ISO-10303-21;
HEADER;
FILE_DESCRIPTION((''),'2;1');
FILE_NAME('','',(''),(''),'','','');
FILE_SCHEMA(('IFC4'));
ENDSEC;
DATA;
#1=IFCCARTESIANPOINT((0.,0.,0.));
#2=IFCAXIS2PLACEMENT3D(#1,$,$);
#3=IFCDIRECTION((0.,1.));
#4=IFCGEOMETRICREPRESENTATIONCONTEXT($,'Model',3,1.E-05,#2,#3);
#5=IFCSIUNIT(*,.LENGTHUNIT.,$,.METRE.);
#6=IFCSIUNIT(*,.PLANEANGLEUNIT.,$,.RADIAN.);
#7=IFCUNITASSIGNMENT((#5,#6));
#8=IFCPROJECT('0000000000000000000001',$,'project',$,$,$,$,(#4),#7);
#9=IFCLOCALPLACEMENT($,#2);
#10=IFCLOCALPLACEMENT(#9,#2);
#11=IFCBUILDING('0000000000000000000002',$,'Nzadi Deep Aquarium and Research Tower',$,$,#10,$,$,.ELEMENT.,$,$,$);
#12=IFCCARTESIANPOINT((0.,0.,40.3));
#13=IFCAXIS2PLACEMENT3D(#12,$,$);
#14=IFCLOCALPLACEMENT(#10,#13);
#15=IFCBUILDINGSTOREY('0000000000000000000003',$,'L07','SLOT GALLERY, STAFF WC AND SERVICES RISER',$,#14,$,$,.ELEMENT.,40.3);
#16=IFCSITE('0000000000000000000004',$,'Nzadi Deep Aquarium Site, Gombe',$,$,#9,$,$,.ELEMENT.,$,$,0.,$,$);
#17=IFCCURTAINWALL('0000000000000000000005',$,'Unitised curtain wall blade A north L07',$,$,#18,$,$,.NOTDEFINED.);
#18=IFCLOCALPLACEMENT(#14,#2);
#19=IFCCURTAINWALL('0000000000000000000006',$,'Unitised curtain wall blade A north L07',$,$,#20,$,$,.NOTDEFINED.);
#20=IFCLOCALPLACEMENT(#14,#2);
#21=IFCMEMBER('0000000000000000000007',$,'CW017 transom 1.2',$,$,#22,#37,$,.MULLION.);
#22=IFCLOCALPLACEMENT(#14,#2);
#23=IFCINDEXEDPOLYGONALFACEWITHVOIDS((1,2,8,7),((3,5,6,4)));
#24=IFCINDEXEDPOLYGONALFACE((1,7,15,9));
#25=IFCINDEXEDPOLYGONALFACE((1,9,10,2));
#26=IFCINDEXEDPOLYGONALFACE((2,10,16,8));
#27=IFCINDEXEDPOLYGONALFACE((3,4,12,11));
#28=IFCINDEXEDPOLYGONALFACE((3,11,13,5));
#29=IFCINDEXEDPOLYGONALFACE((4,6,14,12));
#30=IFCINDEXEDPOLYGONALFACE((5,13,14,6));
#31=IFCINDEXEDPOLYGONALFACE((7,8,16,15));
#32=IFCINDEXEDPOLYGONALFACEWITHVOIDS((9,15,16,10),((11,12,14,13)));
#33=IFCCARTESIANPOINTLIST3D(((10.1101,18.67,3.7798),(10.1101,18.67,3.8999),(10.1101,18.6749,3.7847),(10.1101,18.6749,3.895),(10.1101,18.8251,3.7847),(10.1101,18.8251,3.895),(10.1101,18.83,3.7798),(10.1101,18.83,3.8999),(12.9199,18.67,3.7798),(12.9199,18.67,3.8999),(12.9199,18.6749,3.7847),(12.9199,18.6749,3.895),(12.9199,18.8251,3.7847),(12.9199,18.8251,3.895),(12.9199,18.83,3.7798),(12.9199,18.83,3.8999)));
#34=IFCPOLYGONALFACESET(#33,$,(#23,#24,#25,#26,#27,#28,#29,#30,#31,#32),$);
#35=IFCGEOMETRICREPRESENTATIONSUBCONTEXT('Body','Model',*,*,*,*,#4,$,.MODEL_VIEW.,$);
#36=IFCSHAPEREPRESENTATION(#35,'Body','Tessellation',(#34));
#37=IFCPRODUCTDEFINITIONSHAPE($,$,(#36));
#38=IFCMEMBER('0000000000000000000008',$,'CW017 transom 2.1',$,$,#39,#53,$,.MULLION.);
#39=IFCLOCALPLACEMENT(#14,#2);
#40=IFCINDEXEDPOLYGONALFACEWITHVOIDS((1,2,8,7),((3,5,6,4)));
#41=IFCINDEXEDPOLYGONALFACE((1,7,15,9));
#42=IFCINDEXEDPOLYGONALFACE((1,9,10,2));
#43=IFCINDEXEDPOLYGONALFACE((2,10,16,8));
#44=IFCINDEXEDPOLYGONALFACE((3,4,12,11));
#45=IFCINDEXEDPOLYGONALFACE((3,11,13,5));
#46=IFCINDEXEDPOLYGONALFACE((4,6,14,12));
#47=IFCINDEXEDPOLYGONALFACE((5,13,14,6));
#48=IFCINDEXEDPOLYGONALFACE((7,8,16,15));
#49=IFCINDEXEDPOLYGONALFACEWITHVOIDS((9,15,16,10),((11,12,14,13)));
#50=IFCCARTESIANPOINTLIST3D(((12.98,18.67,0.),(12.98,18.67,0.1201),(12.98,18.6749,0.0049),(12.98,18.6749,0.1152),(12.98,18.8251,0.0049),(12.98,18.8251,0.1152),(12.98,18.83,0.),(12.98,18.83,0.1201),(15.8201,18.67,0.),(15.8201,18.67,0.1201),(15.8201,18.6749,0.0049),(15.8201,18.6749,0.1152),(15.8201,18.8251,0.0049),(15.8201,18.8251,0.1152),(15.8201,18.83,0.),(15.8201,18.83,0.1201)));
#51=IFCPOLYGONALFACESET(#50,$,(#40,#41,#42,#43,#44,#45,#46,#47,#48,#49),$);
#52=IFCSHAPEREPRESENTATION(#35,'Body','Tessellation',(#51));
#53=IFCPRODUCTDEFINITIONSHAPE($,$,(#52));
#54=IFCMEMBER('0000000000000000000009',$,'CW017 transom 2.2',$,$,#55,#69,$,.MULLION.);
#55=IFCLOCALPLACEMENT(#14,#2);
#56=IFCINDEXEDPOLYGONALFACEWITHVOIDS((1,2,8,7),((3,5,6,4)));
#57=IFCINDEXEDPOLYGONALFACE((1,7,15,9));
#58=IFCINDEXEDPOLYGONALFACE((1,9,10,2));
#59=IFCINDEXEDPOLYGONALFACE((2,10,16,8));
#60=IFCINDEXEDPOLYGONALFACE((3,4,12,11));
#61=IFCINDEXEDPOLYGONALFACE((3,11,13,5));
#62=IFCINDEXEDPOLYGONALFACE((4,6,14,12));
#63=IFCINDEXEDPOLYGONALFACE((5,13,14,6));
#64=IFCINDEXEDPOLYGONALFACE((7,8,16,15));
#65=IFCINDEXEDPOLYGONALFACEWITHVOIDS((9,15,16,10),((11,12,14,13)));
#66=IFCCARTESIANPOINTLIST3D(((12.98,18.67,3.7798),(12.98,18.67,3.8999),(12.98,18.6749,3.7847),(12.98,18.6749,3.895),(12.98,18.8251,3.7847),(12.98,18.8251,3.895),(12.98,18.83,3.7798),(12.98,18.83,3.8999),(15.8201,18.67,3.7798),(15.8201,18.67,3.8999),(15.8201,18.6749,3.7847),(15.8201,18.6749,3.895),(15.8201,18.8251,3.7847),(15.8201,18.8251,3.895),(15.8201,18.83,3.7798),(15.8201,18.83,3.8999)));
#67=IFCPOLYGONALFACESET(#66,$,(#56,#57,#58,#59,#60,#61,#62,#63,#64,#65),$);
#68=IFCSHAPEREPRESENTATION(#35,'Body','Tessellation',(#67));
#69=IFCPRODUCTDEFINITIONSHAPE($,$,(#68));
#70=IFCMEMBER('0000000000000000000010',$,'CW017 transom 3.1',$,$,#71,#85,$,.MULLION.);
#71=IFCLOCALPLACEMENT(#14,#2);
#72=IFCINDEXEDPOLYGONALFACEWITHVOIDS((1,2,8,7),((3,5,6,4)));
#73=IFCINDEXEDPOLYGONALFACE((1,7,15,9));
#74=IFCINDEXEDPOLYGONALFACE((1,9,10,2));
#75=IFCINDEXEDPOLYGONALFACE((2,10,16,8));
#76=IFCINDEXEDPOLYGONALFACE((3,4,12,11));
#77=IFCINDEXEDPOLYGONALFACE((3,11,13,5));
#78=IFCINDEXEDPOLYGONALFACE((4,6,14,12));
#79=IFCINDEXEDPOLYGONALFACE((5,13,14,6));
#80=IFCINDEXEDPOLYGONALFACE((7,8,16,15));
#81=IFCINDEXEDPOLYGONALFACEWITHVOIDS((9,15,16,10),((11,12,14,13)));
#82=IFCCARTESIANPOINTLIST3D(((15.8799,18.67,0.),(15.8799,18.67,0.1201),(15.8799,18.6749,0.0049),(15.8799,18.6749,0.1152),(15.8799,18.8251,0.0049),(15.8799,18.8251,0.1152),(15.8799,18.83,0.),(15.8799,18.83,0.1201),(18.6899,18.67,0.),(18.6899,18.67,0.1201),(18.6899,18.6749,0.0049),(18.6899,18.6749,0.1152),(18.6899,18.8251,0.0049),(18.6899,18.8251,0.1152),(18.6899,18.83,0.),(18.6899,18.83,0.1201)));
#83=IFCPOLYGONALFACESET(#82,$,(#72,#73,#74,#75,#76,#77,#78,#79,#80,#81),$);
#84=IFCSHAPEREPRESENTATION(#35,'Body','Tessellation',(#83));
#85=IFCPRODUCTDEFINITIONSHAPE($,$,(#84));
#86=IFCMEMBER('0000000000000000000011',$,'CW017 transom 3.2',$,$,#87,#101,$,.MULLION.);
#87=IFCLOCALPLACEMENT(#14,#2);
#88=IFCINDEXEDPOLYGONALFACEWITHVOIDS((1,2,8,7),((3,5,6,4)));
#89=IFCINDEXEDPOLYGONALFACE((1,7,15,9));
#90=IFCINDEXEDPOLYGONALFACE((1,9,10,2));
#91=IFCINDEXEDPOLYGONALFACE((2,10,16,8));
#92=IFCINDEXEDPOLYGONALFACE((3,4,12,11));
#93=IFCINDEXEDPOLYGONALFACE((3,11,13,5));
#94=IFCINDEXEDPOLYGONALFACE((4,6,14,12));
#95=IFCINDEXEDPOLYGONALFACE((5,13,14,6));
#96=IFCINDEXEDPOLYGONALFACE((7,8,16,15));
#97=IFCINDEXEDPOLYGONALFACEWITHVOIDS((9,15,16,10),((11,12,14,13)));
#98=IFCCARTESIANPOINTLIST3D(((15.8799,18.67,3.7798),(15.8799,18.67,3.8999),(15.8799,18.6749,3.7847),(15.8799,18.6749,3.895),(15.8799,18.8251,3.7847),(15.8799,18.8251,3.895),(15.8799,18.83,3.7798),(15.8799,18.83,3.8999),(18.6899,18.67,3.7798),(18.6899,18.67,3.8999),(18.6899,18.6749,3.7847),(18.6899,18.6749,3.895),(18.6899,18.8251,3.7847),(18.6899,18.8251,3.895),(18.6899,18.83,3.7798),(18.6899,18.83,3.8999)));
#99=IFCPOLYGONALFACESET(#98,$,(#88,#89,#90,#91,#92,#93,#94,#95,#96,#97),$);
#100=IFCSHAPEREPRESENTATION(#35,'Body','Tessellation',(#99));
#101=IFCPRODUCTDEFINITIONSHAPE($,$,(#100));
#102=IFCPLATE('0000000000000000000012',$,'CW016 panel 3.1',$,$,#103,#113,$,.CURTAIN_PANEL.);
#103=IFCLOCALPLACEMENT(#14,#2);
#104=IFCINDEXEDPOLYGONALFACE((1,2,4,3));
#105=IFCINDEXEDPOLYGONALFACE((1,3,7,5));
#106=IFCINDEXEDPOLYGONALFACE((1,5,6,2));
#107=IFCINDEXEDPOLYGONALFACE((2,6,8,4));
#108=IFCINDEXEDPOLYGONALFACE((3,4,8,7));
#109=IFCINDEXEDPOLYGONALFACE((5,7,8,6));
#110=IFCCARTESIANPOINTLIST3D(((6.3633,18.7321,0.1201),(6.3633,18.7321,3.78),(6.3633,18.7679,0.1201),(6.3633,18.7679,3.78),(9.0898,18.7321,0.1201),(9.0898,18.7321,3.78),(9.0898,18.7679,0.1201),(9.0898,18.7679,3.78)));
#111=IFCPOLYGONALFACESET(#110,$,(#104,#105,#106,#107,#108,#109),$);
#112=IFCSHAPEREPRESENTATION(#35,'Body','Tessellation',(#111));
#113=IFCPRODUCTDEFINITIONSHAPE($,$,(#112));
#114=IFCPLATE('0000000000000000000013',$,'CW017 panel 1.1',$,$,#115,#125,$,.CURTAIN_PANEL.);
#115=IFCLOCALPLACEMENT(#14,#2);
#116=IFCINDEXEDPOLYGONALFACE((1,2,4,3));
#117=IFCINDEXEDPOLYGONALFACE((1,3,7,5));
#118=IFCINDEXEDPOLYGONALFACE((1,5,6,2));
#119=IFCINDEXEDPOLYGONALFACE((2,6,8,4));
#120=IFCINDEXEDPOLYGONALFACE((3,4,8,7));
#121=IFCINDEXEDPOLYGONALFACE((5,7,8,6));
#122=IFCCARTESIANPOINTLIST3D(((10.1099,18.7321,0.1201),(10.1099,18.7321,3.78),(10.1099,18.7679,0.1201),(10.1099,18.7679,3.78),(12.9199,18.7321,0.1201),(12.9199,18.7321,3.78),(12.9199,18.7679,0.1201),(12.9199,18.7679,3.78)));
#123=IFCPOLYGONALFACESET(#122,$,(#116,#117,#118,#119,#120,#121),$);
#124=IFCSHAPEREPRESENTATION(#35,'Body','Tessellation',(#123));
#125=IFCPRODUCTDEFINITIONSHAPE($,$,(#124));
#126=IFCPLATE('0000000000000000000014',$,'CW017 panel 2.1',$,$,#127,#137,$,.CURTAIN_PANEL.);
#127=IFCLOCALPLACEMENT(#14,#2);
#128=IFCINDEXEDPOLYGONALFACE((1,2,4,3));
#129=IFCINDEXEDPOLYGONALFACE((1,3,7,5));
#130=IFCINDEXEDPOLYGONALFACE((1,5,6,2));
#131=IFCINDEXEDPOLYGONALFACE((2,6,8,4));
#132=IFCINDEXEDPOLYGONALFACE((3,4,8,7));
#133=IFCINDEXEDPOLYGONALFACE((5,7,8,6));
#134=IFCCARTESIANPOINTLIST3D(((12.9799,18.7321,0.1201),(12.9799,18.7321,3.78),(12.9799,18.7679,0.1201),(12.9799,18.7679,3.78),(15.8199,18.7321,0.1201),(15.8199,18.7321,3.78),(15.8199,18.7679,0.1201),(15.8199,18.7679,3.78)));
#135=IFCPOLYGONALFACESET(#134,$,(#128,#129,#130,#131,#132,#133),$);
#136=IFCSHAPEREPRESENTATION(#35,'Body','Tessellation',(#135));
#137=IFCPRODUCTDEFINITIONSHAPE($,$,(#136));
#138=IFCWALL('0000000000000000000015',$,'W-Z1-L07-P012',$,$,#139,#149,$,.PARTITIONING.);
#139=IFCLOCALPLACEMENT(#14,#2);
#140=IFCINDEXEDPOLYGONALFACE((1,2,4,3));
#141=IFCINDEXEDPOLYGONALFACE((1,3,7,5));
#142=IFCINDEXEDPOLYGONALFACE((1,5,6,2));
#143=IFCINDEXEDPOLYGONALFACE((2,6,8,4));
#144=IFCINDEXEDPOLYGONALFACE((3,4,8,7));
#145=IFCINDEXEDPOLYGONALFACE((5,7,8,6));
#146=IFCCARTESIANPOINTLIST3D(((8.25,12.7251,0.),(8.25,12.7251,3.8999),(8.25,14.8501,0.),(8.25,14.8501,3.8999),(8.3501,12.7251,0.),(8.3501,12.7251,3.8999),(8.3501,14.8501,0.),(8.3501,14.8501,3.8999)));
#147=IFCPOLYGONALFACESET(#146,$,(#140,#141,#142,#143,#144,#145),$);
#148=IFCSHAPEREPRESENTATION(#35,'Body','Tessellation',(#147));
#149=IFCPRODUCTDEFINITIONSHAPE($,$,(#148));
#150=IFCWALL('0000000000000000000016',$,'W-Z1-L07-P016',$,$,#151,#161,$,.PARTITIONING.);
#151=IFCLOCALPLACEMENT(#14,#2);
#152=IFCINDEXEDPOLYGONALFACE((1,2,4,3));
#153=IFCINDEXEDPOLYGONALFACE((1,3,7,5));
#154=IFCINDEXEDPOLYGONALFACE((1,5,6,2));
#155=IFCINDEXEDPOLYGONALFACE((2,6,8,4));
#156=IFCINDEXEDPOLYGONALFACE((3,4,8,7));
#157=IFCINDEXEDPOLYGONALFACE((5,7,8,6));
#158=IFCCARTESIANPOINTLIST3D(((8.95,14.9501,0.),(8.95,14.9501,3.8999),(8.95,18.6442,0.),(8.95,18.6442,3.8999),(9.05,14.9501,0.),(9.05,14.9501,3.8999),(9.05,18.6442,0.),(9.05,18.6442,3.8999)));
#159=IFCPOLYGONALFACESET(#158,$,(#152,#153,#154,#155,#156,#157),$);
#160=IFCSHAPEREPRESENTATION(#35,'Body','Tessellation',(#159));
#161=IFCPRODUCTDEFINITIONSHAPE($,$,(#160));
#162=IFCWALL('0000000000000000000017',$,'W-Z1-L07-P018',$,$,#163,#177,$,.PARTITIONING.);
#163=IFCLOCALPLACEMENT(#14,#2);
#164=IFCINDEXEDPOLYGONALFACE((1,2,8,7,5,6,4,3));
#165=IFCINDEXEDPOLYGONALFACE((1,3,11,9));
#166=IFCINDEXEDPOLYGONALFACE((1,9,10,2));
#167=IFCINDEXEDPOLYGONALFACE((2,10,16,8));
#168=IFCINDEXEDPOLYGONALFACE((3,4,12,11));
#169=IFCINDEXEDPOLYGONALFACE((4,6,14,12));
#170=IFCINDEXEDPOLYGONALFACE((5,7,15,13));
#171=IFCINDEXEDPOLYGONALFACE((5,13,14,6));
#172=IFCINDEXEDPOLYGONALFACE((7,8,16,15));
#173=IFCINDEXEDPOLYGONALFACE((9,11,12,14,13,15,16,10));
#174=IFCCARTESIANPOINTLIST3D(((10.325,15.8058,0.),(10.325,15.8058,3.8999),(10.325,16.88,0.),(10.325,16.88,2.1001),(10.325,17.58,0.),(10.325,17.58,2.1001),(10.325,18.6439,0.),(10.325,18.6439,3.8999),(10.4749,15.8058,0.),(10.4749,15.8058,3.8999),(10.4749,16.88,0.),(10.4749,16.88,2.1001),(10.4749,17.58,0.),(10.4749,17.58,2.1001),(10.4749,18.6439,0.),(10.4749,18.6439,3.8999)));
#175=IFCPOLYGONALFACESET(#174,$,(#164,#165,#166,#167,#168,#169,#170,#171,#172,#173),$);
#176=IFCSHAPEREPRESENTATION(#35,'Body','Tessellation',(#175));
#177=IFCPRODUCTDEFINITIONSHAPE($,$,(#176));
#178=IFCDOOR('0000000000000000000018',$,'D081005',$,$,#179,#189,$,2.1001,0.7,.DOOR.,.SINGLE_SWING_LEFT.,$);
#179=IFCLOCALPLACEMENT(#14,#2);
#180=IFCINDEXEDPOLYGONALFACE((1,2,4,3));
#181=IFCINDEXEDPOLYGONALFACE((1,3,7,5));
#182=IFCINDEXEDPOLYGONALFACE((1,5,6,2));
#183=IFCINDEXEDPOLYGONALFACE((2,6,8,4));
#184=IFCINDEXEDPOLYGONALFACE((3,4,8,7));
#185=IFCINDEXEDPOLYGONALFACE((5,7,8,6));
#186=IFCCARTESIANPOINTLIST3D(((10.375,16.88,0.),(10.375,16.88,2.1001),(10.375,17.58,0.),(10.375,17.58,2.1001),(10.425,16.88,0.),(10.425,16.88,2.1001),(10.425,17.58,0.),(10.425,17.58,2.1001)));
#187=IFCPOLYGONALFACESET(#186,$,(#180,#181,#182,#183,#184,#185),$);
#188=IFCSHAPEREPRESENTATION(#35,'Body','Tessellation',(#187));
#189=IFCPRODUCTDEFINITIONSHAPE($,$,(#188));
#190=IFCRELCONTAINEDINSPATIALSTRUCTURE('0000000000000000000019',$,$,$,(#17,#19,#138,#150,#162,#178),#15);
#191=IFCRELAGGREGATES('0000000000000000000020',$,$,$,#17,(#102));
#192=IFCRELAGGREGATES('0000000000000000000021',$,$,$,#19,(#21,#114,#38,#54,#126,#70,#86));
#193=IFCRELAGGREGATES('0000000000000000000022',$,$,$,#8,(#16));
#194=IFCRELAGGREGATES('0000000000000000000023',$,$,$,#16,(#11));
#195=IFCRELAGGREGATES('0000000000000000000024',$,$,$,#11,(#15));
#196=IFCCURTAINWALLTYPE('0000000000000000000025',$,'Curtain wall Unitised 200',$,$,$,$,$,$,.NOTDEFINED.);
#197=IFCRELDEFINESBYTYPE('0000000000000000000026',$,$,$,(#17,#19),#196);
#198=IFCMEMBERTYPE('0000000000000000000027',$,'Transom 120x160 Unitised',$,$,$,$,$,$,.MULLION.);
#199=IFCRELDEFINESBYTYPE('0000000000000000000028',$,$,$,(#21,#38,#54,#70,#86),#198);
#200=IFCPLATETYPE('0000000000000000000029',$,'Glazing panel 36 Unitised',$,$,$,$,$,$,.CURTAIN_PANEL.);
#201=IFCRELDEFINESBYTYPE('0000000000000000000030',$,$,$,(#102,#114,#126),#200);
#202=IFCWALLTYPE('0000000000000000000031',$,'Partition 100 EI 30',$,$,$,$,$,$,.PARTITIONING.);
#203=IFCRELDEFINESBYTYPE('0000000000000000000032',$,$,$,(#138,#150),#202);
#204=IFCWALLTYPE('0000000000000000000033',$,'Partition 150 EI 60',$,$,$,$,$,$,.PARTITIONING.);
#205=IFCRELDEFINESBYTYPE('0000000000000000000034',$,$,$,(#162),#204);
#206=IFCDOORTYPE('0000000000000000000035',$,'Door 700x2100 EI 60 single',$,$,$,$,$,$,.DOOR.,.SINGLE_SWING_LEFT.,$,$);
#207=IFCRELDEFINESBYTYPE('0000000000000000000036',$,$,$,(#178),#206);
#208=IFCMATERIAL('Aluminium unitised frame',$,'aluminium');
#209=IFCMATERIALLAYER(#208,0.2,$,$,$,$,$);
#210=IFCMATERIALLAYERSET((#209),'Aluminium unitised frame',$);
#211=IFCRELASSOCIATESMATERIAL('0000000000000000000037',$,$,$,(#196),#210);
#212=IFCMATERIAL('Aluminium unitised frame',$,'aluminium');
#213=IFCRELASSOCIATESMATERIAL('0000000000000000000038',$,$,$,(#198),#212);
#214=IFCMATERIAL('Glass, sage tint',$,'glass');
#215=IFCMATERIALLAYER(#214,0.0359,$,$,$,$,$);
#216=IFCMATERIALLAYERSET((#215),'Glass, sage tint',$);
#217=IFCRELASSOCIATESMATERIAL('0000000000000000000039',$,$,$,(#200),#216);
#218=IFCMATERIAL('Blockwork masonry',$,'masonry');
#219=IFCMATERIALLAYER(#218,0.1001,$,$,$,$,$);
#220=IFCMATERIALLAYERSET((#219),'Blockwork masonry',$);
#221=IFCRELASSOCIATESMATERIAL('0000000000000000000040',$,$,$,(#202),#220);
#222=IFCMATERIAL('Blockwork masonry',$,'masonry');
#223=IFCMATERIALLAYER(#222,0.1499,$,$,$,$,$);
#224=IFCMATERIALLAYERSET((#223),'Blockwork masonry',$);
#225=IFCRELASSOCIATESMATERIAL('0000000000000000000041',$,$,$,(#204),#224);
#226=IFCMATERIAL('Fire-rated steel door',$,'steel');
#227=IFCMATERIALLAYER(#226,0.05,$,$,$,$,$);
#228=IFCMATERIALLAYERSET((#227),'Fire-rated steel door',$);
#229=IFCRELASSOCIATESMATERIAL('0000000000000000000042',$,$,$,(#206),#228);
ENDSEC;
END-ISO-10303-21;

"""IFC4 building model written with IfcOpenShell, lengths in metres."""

from ifc_helpers import new_model, si_unit, direction, frame, frame_2d, origin, origin_2d, place, context, subcontext, project, spatial, rectangle, hollow_rectangle, extrude, material, layer, layer_set, material_profile, profile_set, type_object, element, fill, aggregate, save


model = new_model("IFC4")

# Units and contexts
model_context = context("Model", 3, precision=1e-05, world=origin(), true_north=direction((0.0, 1.0)))
body_context = subcontext(model_context, "Body", "Model", "MODEL_VIEW")
ifc_project = project(units=[si_unit("LENGTHUNIT", "METRE"), si_unit("PLANEANGLEUNIT", "RADIAN")], contexts=[model_context])

# Site, building, storey
site_placement = place(None, origin())
site = spatial("IfcSite", under=ifc_project, at=site_placement, Name="Nzadi Deep Aquarium Site, Gombe", CompositionType="ELEMENT", RefElevation=0.0)
building_placement = place(site_placement, origin())
building = spatial("IfcBuilding", under=site, at=building_placement, Name="Nzadi Deep Aquarium and Research Tower", CompositionType="ELEMENT")
storey_placement = place(building_placement, frame((0.0, 0.0, 40.3)))
storey = spatial("IfcBuildingStorey", under=building, at=storey_placement, Name="L07", Description="SLOT GALLERY, STAFF WC AND SERVICES RISER", CompositionType="ELEMENT", Elevation=40.3)

# Curtain walls
ifc_material_1 = material(Name="Aluminium unitised frame", Category="aluminium")
ifc_layer_1 = layer(ifc_material_1, 0.2)
ifc_layer_set_1 = layer_set([ifc_layer_1], Name="Aluminium unitised frame")
curtain_wall_type = type_object("IfcCurtainWallType", Name="Curtain wall Unitised 200", PredefinedType="NOTDEFINED", material=ifc_layer_set_1)
curtain_wall_1_placement = place(storey_placement, origin())
curtain_wall_1 = element("IfcCurtainWall", 1, at=curtain_wall_1_placement, inside=storey, type_object=curtain_wall_type, Name="Unitised curtain wall blade A north L07", PredefinedType="NOTDEFINED")
curtain_wall_2_placement = place(storey_placement, origin())
curtain_wall_2 = element("IfcCurtainWall", 2, at=curtain_wall_2_placement, inside=storey, type_object=curtain_wall_type, Name="Unitised curtain wall blade A north L07", PredefinedType="NOTDEFINED")

# Members
ifc_material_2 = material(Name="Aluminium unitised frame", Category="aluminium")
ifc_material_profile_1 = material_profile(ifc_material_2, hollow_rectangle(XDim=0.1599, YDim=0.1201, WallThickness=0.0049, at=origin_2d()))
ifc_profile_set_1 = profile_set([ifc_material_profile_1], Name="Aluminium unitised frame")
member_type_1 = type_object("IfcMemberType", Name="Transom 120x160 Unitised", PredefinedType="MULLION", material=ifc_profile_set_1)
member_1_placement = place(storey_placement, frame((10.1101, 18.75, 3.8398), z_axis=(1.0, 0.0, 0.0), x_axis=(0.0, 1.0, 0.0)))
member_1 = element("IfcMember", 3, at=member_1_placement, type_object=member_type_1, Name="CW017 transom 1.2", PredefinedType="MULLION", context=body_context, shape_type="SweptSolid", body=[
    extrude(hollow_rectangle(XDim=0.1599, YDim=0.1201, WallThickness=0.0049, at=origin_2d()), origin(), (0.0, 0.0, 1.0), 2.8098),
])
member_2_placement = place(storey_placement, frame((12.98, 18.75, 0.0601), z_axis=(1.0, 0.0, 0.0), x_axis=(0.0, 1.0, 0.0)))
member_2 = element("IfcMember", 4, at=member_2_placement, type_object=member_type_1, Name="CW017 transom 2.1", PredefinedType="MULLION", context=body_context, shape_type="SweptSolid", body=[
    extrude(hollow_rectangle(XDim=0.1599, YDim=0.1201, WallThickness=0.0049, at=origin_2d()), origin(), (0.0, 0.0, 1.0), 2.8401),
])
member_3_placement = place(storey_placement, frame((12.98, 18.75, 3.8398), z_axis=(1.0, 0.0, 0.0), x_axis=(0.0, 1.0, 0.0)))
member_3 = element("IfcMember", 5, at=member_3_placement, type_object=member_type_1, Name="CW017 transom 2.2", PredefinedType="MULLION", context=body_context, shape_type="SweptSolid", body=[
    extrude(hollow_rectangle(XDim=0.1599, YDim=0.1201, WallThickness=0.0049, at=origin_2d()), origin(), (0.0, 0.0, 1.0), 2.8401),
])
member_4_placement = place(storey_placement, frame((15.8799, 18.75, 0.0601), z_axis=(1.0, 0.0, 0.0), x_axis=(0.0, 1.0, 0.0)))
member_4 = element("IfcMember", 6, at=member_4_placement, type_object=member_type_1, Name="CW017 transom 3.1", PredefinedType="MULLION", context=body_context, shape_type="SweptSolid", body=[
    extrude(hollow_rectangle(XDim=0.1599, YDim=0.1201, WallThickness=0.0049, at=origin_2d()), origin(), (0.0, 0.0, 1.0), 2.8101),
])
member_5_placement = place(storey_placement, frame((15.8799, 18.75, 3.8398), z_axis=(1.0, 0.0, 0.0), x_axis=(0.0, 1.0, 0.0)))
member_5 = element("IfcMember", 7, at=member_5_placement, type_object=member_type_1, Name="CW017 transom 3.2", PredefinedType="MULLION", context=body_context, shape_type="SweptSolid", body=[
    extrude(hollow_rectangle(XDim=0.1599, YDim=0.1201, WallThickness=0.0049, at=origin_2d()), origin(), (0.0, 0.0, 1.0), 2.8101),
])

# Plates
ifc_material_3 = material(Name="Glass, sage tint", Category="glass")
ifc_layer_2 = layer(ifc_material_3, 0.0359)
ifc_layer_set_2 = layer_set([ifc_layer_2], Name="Glass, sage tint")
plate_type = type_object("IfcPlateType", Name="Glazing panel 36 Unitised", PredefinedType="CURTAIN_PANEL", material=ifc_layer_set_2)
plate_1_placement = place(storey_placement, frame((7.7266, 18.75, 0.1201), z_axis=(0.0, 0.0, 1.0), x_axis=(1.0, 0.0, 0.0)))
plate_1 = element("IfcPlate", 8, at=plate_1_placement, type_object=plate_type, Name="CW016 panel 3.1", PredefinedType="CURTAIN_PANEL", context=body_context, shape_type="SweptSolid", body=[
    extrude(rectangle(XDim=2.7266, YDim=0.0359, at=origin_2d()), origin(), (0.0, 0.0, 1.0), 3.6599),
])
aggregate(curtain_wall_1, [plate_1])
plate_2_placement = place(storey_placement, frame((11.5149, 18.75, 0.1201), z_axis=(0.0, 0.0, 1.0), x_axis=(1.0, 0.0, 0.0)))
plate_2 = element("IfcPlate", 9, at=plate_2_placement, type_object=plate_type, Name="CW017 panel 1.1", PredefinedType="CURTAIN_PANEL", context=body_context, shape_type="SweptSolid", body=[
    extrude(rectangle(XDim=2.8101, YDim=0.0359, at=origin_2d()), origin(), (0.0, 0.0, 1.0), 3.6599),
])
plate_3_placement = place(storey_placement, frame((14.3999, 18.75, 0.1201), z_axis=(0.0, 0.0, 1.0), x_axis=(1.0, 0.0, 0.0)))
plate_3 = element("IfcPlate", 10, at=plate_3_placement, type_object=plate_type, Name="CW017 panel 2.1", PredefinedType="CURTAIN_PANEL", context=body_context, shape_type="SweptSolid", body=[
    extrude(rectangle(XDim=2.8401, YDim=0.0359, at=origin_2d()), origin(), (0.0, 0.0, 1.0), 3.6599),
])
aggregate(curtain_wall_2, [member_1, plate_2, member_2, member_3, plate_3, member_4, member_5])

# Walls
ifc_material_4 = material(Name="Blockwork masonry", Category="masonry")
ifc_layer_3 = layer(ifc_material_4, 0.1001)
ifc_layer_set_3 = layer_set([ifc_layer_3], Name="Blockwork masonry")
wall_type_1 = type_object("IfcWallType", Name="Partition 100 EI 30", PredefinedType="PARTITIONING", material=ifc_layer_set_3)
wall_1_placement = place(storey_placement, frame((8.3, 12.7251, 0.0), z_axis=(0.0, 0.0, 1.0), x_axis=(0.0, 1.0, 0.0)))
element("IfcWall", 11, at=wall_1_placement, inside=storey, type_object=wall_type_1, Name="W-Z1-L07-P012", PredefinedType="PARTITIONING", context=body_context, shape_type="SweptSolid", body=[
    extrude(rectangle(XDim=2.125, YDim=0.1001, at=frame_2d((1.0625, 0.0))), origin(), (0.0, 0.0, 1.0), 3.8999),
])
wall_2_placement = place(storey_placement, frame((9.0, 14.95, 0.0), z_axis=(0.0, 0.0, 1.0), x_axis=(0.0, 1.0, 0.0)))
element("IfcWall", 12, at=wall_2_placement, inside=storey, type_object=wall_type_1, Name="W-Z1-L07-P016", PredefinedType="PARTITIONING", context=body_context, shape_type="SweptSolid", body=[
    extrude(rectangle(XDim=3.6941, YDim=0.1001, at=frame_2d((1.8472, 0.0))), origin(), (0.0, 0.0, 1.0), 3.8999),
])

# Wall, opening, door
ifc_material_5 = material(Name="Blockwork masonry", Category="masonry")
ifc_layer_4 = layer(ifc_material_5, 0.1499)
ifc_layer_set_4 = layer_set([ifc_layer_4], Name="Blockwork masonry")
wall_type_2 = type_object("IfcWallType", Name="Partition 150 EI 60", PredefinedType="PARTITIONING", material=ifc_layer_set_4)
wall_3_placement = place(storey_placement, frame((10.3999, 15.8059, 0.0), z_axis=(0.0, 0.0, 1.0), x_axis=(0.0, 1.0, 0.0)))
wall_3 = element("IfcWall", 13, at=wall_3_placement, inside=storey, type_object=wall_type_2, Name="W-Z1-L07-P018", PredefinedType="PARTITIONING", context=body_context, shape_type="SweptSolid", body=[
    extrude(rectangle(XDim=2.8381, YDim=0.1499, at=frame_2d((1.4189, 0.0))), origin(), (0.0, 0.0, 1.0), 3.8999),
])
opening_1_placement = place(wall_3_placement, frame((1.074, 0.0, 0.0)))
opening_1 = element("IfcOpeningElement", 14, at=opening_1_placement, cuts=wall_3, PredefinedType="OPENING", context=body_context, shape_type="SweptSolid", body=[
    extrude(rectangle(XDim=0.7, YDim=2.1001, at=frame_2d((0.3501, 1.05))), frame((0.0, 0.085, 0.0), z_axis=(0.0, -1.0, 0.0), x_axis=(1.0, 0.0, 0.0)), (0.0, 0.0, 1.0), 0.1699),
])
ifc_material_6 = material(Name="Fire-rated steel door", Category="steel")
ifc_layer_5 = layer(ifc_material_6, 0.05)
ifc_layer_set_5 = layer_set([ifc_layer_5], Name="Fire-rated steel door")
door_type_1 = type_object("IfcDoorType", Name="Door 700x2100 EI 60 single", OperationType="SINGLE_SWING_LEFT", PredefinedType="DOOR", material=ifc_layer_set_5)
door_1_placement = place(opening_1_placement, origin())
door_1 = element("IfcDoor", 15, at=door_1_placement, inside=storey, type_object=door_type_1, Name="D081005", OperationType="SINGLE_SWING_LEFT", OverallHeight=2.1001, OverallWidth=0.7, PredefinedType="DOOR", context=body_context, shape_type="SweptSolid", body=[
    extrude(rectangle(XDim=0.7, YDim=2.1001, at=frame_2d((0.3501, 1.05))), frame((0.0, 0.0249, 0.0), z_axis=(0.0, -1.0, 0.0), x_axis=(1.0, 0.0, 0.0)), (0.0, 0.0, 1.0), 0.05),
])
fill(opening_1, door_1)

save(model, "model.ifc")
